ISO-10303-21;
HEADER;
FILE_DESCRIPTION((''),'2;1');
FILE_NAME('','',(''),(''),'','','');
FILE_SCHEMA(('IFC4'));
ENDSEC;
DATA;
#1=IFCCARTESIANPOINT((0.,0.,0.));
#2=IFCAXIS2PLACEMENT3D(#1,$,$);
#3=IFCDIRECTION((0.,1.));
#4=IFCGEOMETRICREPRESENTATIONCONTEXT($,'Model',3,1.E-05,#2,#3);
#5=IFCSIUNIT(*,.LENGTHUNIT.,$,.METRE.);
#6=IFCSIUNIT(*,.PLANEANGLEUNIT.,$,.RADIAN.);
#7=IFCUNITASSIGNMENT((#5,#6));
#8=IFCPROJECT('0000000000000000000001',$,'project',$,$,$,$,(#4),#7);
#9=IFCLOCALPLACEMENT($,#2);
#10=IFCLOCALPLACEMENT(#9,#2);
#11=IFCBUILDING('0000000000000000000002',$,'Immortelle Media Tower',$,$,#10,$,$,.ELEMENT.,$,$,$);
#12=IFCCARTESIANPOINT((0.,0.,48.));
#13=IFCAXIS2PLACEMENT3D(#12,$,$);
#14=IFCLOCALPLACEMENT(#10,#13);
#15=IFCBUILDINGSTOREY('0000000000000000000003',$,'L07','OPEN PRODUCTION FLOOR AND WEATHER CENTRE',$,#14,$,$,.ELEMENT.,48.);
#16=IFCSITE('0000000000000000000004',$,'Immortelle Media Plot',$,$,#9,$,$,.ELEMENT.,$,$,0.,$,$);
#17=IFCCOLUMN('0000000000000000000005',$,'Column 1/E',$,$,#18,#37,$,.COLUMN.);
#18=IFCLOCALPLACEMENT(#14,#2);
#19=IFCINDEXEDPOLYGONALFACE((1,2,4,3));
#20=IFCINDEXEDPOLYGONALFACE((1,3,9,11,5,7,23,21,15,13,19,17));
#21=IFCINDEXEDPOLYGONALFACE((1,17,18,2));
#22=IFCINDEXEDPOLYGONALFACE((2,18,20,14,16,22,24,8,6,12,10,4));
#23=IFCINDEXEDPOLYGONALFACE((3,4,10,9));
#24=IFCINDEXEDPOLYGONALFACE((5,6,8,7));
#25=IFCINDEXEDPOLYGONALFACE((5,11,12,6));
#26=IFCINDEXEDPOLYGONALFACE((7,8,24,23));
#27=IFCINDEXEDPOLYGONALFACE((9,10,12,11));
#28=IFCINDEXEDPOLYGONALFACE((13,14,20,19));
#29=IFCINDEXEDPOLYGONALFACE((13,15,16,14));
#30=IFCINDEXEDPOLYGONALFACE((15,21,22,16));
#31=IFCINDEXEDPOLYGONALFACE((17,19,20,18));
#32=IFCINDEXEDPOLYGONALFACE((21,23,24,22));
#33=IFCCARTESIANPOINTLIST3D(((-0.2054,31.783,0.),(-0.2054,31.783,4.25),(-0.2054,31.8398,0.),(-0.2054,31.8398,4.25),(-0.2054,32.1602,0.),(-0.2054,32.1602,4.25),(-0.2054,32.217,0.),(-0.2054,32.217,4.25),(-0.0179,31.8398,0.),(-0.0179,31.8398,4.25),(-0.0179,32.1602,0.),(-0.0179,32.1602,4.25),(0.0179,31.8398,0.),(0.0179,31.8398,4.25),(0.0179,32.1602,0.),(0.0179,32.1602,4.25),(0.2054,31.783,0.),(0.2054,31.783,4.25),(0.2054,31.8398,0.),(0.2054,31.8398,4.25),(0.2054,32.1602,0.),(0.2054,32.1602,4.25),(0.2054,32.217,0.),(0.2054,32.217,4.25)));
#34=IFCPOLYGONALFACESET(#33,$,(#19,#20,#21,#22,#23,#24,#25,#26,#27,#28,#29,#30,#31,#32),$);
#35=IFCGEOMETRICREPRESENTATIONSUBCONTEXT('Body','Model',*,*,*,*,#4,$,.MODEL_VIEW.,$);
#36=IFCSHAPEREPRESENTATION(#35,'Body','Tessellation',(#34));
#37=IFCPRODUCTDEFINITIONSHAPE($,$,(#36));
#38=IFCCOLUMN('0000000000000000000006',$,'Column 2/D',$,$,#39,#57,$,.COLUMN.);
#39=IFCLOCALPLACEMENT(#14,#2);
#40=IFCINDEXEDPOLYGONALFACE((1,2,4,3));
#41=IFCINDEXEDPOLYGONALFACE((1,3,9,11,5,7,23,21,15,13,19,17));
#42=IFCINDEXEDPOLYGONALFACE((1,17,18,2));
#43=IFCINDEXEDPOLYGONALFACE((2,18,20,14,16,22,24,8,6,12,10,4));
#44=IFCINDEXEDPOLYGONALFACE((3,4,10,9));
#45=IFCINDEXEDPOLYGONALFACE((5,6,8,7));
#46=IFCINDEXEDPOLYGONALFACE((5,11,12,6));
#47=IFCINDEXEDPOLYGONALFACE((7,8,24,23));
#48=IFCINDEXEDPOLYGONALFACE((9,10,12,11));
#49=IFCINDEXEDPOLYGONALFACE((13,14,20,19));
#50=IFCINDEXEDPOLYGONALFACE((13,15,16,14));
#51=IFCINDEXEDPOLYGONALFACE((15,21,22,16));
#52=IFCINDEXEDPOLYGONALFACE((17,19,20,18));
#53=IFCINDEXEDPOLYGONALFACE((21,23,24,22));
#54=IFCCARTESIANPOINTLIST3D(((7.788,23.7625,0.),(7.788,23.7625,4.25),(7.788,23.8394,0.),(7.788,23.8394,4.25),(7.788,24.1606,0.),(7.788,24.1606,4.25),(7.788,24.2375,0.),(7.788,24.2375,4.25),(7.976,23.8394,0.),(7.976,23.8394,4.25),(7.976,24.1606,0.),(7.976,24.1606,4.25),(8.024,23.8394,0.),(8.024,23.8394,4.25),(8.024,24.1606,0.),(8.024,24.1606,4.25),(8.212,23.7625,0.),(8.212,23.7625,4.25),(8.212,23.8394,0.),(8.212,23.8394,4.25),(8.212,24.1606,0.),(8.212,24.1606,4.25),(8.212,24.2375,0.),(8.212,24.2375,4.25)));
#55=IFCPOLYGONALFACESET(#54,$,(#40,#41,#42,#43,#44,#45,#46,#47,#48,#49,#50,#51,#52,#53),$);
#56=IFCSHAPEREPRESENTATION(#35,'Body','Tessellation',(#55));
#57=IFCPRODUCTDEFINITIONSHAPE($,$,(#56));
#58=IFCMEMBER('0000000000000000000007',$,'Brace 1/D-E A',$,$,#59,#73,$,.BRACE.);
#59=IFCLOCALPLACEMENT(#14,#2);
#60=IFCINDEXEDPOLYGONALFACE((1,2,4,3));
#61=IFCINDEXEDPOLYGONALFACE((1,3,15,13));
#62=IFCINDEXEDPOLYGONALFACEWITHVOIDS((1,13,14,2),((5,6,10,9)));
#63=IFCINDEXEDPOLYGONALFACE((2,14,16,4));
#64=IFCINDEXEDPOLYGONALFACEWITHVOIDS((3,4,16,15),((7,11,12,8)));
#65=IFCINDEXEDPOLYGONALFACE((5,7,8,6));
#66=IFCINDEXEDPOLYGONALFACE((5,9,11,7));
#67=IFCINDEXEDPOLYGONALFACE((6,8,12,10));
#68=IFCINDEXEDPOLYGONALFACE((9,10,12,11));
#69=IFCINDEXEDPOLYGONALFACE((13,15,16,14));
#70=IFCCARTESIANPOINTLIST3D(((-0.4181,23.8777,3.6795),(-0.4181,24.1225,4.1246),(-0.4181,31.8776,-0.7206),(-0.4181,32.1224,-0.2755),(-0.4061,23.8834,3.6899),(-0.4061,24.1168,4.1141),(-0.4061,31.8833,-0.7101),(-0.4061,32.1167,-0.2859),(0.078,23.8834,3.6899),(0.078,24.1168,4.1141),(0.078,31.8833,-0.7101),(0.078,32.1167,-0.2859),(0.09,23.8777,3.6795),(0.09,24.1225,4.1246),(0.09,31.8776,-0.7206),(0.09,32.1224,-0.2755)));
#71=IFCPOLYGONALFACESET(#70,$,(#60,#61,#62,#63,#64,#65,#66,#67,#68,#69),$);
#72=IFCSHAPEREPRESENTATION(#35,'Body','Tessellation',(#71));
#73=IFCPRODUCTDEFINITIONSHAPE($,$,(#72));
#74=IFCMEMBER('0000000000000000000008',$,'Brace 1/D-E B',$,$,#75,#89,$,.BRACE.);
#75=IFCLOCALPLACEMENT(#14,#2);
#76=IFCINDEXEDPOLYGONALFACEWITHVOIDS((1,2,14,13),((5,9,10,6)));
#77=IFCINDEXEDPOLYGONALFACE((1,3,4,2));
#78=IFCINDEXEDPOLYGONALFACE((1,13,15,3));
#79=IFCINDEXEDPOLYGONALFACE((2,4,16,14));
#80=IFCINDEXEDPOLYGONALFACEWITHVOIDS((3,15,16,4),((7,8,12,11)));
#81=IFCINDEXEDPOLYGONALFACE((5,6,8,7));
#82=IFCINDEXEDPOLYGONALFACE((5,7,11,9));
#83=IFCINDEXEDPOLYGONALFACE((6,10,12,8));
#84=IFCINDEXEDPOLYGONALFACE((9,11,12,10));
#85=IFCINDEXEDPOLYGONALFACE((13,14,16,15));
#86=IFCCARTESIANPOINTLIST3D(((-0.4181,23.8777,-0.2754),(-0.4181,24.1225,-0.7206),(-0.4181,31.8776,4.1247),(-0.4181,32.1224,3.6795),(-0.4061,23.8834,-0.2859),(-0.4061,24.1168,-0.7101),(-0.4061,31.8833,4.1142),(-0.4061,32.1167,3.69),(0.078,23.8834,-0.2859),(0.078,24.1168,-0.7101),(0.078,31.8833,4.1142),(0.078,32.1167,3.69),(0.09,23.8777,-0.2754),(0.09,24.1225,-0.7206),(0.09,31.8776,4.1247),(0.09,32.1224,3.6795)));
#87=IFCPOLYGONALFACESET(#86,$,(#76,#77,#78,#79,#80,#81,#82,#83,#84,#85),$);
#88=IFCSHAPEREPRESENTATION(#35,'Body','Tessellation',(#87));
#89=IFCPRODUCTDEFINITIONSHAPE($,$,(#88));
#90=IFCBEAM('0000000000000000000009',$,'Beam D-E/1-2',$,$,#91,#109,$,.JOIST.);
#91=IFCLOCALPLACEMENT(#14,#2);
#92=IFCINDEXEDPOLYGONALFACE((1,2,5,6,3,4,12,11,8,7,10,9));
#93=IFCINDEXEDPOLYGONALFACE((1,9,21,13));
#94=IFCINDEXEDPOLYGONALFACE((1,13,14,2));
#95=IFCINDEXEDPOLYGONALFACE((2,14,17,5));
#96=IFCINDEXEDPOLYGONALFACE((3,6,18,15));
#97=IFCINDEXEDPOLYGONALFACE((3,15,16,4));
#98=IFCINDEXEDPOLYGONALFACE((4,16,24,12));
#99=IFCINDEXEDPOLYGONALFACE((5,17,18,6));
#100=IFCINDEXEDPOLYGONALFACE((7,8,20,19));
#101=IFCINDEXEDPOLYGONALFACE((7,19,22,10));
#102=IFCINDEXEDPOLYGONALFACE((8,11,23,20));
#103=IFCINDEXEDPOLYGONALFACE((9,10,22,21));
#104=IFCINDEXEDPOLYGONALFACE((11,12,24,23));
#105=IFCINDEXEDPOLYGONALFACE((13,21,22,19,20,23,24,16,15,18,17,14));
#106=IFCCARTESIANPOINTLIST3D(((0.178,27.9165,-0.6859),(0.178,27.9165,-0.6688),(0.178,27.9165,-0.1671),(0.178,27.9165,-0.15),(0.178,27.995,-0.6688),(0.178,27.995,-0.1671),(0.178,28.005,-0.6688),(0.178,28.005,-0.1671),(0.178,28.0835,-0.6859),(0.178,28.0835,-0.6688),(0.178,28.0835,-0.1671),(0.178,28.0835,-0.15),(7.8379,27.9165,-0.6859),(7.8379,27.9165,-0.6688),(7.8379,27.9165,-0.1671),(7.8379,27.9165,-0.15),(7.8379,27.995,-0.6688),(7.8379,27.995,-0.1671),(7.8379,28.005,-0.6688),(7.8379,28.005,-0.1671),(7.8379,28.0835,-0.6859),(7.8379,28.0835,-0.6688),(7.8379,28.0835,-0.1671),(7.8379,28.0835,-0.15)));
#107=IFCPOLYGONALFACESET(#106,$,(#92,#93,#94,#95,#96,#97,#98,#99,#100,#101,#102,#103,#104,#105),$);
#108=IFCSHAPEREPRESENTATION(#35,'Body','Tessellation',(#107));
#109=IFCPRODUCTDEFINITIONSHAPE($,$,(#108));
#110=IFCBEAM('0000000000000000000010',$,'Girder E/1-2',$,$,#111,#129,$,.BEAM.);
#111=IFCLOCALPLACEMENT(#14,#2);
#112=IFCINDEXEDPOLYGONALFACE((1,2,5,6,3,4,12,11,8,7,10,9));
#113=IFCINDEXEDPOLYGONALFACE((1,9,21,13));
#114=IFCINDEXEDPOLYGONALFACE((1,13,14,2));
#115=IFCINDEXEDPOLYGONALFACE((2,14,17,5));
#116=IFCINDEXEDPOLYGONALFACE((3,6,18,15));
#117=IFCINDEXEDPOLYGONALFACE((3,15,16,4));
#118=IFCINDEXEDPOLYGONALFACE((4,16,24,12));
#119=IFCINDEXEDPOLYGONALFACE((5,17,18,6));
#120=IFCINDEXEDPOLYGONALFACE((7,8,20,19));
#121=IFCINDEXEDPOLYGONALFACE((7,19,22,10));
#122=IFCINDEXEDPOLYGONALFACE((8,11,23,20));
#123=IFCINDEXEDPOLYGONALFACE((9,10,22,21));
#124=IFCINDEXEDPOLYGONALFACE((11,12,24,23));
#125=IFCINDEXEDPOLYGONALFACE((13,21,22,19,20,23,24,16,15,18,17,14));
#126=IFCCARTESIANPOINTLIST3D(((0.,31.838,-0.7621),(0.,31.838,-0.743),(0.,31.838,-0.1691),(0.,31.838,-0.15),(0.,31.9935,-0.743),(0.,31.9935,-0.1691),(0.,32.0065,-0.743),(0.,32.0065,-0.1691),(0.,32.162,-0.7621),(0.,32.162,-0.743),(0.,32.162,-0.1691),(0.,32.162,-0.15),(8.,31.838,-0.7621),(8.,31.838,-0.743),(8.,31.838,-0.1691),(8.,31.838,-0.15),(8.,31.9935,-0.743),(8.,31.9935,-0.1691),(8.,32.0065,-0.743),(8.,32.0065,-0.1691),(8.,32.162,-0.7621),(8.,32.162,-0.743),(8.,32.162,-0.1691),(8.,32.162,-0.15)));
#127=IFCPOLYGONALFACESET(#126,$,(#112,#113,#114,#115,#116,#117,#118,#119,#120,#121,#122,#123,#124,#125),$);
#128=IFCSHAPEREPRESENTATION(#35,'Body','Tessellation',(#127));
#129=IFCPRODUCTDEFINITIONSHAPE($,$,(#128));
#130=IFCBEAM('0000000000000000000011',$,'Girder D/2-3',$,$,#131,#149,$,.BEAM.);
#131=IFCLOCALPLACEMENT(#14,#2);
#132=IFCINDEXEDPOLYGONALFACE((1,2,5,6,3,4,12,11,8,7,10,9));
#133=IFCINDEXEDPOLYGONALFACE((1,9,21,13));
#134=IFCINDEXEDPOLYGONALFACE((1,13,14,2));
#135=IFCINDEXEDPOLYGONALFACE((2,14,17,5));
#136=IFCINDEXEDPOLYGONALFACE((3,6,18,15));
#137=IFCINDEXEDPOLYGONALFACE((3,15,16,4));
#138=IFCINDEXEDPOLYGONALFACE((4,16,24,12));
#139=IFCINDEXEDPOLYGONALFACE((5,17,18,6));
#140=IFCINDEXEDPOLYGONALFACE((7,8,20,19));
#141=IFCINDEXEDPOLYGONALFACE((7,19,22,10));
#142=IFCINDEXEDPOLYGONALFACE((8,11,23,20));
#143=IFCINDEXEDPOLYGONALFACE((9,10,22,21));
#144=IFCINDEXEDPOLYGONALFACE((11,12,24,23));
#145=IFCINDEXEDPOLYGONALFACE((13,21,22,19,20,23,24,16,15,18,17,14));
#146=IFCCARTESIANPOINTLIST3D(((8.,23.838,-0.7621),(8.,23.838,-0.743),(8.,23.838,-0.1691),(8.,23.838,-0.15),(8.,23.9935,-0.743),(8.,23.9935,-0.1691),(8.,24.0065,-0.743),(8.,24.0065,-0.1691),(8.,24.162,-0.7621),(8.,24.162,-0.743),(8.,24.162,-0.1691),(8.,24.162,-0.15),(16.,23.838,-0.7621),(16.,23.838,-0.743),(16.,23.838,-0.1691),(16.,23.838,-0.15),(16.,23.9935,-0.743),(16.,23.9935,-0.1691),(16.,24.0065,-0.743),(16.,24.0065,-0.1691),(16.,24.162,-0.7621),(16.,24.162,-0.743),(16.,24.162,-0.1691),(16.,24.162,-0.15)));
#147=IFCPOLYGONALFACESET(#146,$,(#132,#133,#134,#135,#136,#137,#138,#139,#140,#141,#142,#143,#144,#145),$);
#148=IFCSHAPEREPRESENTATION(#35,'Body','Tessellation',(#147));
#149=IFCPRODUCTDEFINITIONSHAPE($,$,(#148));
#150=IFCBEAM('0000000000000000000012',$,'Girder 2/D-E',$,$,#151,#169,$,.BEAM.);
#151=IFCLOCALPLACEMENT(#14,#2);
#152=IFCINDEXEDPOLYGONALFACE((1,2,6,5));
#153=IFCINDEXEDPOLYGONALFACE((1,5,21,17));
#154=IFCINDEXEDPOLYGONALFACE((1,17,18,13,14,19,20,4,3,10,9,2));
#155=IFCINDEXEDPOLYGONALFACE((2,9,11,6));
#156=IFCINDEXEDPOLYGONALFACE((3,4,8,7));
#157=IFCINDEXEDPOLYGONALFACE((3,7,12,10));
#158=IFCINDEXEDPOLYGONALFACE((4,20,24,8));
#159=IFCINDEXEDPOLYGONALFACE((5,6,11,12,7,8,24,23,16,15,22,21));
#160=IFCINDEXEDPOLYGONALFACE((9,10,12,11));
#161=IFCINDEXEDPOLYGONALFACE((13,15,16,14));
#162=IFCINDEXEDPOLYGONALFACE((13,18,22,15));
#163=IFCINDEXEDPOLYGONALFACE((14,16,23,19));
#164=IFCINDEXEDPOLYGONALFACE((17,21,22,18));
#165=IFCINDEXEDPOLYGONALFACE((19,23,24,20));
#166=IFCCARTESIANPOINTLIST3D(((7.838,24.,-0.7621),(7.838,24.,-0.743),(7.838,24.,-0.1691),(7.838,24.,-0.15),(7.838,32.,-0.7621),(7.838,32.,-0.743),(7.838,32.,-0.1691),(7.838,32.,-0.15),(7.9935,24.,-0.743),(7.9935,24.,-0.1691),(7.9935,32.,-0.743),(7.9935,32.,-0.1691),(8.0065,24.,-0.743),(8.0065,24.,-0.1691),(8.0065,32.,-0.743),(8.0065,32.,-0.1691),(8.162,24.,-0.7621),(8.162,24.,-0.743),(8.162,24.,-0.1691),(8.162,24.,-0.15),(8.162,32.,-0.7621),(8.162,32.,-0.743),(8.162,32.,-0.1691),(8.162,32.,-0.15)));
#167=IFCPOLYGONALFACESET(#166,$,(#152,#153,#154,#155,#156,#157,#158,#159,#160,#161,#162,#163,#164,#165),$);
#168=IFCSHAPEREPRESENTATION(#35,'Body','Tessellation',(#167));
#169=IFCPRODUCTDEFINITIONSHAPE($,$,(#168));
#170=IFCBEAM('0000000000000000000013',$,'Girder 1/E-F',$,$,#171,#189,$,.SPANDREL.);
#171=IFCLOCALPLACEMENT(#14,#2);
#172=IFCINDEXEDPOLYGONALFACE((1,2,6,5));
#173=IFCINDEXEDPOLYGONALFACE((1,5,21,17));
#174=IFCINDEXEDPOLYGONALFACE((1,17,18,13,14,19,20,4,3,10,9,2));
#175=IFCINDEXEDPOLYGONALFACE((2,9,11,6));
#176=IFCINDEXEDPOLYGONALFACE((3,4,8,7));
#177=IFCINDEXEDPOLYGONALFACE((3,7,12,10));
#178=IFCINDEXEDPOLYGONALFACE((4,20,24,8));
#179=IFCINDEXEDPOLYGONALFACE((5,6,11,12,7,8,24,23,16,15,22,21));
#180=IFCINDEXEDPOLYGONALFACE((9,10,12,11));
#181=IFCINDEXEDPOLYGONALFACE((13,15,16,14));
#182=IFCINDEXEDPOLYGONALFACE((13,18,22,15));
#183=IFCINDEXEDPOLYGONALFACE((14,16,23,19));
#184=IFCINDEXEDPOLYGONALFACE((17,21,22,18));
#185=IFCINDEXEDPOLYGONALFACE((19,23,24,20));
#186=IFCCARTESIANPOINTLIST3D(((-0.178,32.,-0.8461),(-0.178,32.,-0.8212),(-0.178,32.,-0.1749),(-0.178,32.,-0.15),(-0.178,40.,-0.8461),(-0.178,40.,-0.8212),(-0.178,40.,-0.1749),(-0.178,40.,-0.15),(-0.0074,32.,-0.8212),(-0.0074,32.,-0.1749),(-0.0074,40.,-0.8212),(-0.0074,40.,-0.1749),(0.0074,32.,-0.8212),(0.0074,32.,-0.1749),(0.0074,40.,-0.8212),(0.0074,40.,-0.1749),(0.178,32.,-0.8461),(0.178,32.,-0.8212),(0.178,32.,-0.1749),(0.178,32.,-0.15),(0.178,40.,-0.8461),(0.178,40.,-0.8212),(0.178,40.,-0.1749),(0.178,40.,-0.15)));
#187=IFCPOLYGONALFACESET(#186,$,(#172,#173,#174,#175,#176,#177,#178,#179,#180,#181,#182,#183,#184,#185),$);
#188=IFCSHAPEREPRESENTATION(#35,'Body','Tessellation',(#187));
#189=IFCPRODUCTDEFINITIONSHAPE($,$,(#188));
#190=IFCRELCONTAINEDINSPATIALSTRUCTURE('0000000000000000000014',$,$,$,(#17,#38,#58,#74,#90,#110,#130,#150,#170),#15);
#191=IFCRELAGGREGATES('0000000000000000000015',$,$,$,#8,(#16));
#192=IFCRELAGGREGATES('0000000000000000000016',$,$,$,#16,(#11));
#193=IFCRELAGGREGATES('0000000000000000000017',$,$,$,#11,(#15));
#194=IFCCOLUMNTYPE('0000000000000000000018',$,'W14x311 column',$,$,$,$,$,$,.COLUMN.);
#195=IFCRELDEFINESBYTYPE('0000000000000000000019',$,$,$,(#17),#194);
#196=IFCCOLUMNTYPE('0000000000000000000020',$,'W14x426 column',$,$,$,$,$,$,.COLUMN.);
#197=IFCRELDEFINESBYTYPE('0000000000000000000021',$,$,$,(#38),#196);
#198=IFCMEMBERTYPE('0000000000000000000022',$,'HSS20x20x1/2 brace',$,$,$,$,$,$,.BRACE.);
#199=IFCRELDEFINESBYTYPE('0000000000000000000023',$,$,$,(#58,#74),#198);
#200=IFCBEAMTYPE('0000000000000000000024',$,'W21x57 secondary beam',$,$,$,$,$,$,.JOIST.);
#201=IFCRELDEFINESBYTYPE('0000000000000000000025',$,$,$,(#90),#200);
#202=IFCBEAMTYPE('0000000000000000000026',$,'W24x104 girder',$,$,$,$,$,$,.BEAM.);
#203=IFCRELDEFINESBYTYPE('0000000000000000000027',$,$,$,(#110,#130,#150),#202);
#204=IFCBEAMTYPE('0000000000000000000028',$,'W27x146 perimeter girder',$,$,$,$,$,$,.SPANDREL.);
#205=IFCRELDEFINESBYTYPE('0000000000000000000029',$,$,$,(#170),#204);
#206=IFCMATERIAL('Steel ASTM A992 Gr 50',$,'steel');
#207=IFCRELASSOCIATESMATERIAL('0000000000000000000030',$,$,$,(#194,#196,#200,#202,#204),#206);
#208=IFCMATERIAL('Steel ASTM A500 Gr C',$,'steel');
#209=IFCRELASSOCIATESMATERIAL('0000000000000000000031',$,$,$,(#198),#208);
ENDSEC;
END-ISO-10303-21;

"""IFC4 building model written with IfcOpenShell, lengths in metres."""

from ifc_helpers import new_model, si_unit, direction, frame, origin, origin_2d, place, context, subcontext, project, spatial, hollow_rectangle, i_section, extrude, material, material_profile, profile_set, type_object, element, save


model = new_model("IFC4")

# Units and contexts
model_context = context("Model", 3, precision=1e-05, world=origin(), true_north=direction((0.0, 1.0)))
body_context = subcontext(model_context, "Body", "Model", "MODEL_VIEW")
ifc_project = project(units=[si_unit("LENGTHUNIT", "METRE"), si_unit("PLANEANGLEUNIT", "RADIAN")], contexts=[model_context])

# Site, building, storey
site_placement = place(None, origin())
site = spatial("IfcSite", under=ifc_project, at=site_placement, Name="Immortelle Media Plot", CompositionType="ELEMENT", RefElevation=0.0)
building_placement = place(site_placement, origin())
building = spatial("IfcBuilding", under=site, at=building_placement, Name="Immortelle Media Tower", CompositionType="ELEMENT")
storey_placement = place(building_placement, frame((0.0, 0.0, 48.0)))
storey = spatial("IfcBuildingStorey", under=building, at=storey_placement, Name="L07", Description="OPEN PRODUCTION FLOOR AND WEATHER CENTRE", CompositionType="ELEMENT", Elevation=48.0)

# Columns
ifc_material_1 = material(Name="Steel ASTM A992 Gr 50", Category="steel")
ifc_material_profile_1 = material_profile(ifc_material_1, i_section(OverallWidth=0.4109, OverallDepth=0.4341, WebThickness=0.0359, FlangeThickness=0.0569, at=origin_2d()), Name="W14x311")
ifc_profile_set_1 = profile_set([ifc_material_profile_1], Name="Steel ASTM A992 Gr 50")
column_type_1 = type_object("IfcColumnType", Name="W14x311 column", PredefinedType="COLUMN", material=ifc_profile_set_1)
column_1_placement = place(storey_placement, frame((0.0, 32.0, 0.0), z_axis=(0.0, 0.0, 1.0), x_axis=(1.0, 0.0, 0.0)))
element("IfcColumn", 1, at=column_1_placement, inside=storey, type_object=column_type_1, Name="Column 1/E", PredefinedType="COLUMN", context=body_context, shape_type="SweptSolid", body=[
    extrude(i_section(OverallWidth=0.4109, OverallDepth=0.4341, WebThickness=0.0359, FlangeThickness=0.0569, at=origin_2d()), origin(), (0.0, 0.0, 1.0), 4.25),
])
ifc_material_profile_2 = material_profile(ifc_material_1, i_section(OverallWidth=0.4241, OverallDepth=0.4751, WebThickness=0.0481, FlangeThickness=0.0769, at=origin_2d()), Name="W14x426")
ifc_profile_set_2 = profile_set([ifc_material_profile_2], Name="Steel ASTM A992 Gr 50")
column_type_2 = type_object("IfcColumnType", Name="W14x426 column", PredefinedType="COLUMN", material=ifc_profile_set_2)
column_2_placement = place(storey_placement, frame((8.0, 24.0, 0.0), z_axis=(0.0, 0.0, 1.0), x_axis=(1.0, 0.0, 0.0)))
element("IfcColumn", 2, at=column_2_placement, inside=storey, type_object=column_type_2, Name="Column 2/D", PredefinedType="COLUMN", context=body_context, shape_type="SweptSolid", body=[
    extrude(i_section(OverallWidth=0.4241, OverallDepth=0.4751, WebThickness=0.0481, FlangeThickness=0.0769, at=origin_2d()), origin(), (0.0, 0.0, 1.0), 4.25),
])

# Members
ifc_material_2 = material(Name="Steel ASTM A500 Gr C", Category="steel")
ifc_material_profile_3 = material_profile(ifc_material_2, hollow_rectangle(XDim=0.5081, YDim=0.5081, WallThickness=0.012, at=origin_2d()), Name="HSS20x20x1/2 brace")
ifc_profile_set_3 = profile_set([ifc_material_profile_3], Name="Steel ASTM A500 Gr C")
member_type = type_object("IfcMemberType", Name="HSS20x20x1/2 brace", PredefinedType="BRACE", material=ifc_profile_set_3)
for number, where, z_axis, x_axis, name in (
    (3, (-0.1641, 32.0, -0.498), (0.0, -0.876209, 0.481931), (1.0, 0.0, 0.0), "Brace 1/D-E A"),
    (4, (-0.1641, 32.0, 3.9021), (0.0, -0.876209, -0.481931), (1.0, 0.0, 0.0), "Brace 1/D-E B"),
):
    element("IfcMember", number, at=place(storey_placement, frame(where, z_axis=z_axis, x_axis=x_axis)), inside=storey, type_object=member_type, Name=name, PredefinedType="BRACE", context=body_context, shape_type="SweptSolid", body=[
        extrude(hollow_rectangle(XDim=0.5081, YDim=0.5081, WallThickness=0.012, at=origin_2d()), origin(), (0.0, 0.0, 1.0), 9.1301),
    ])

# Beams
ifc_material_profile_4 = material_profile(ifc_material_1, i_section(OverallWidth=0.167, OverallDepth=0.5359, WebThickness=0.01, FlangeThickness=0.0171, at=origin_2d()), Name="W21x57")
ifc_profile_set_4 = profile_set([ifc_material_profile_4], Name="Steel ASTM A992 Gr 50")
beam_type_1 = type_object("IfcBeamType", Name="W21x57 secondary beam", PredefinedType="JOIST", material=ifc_profile_set_4)
beam_1_placement = place(storey_placement, frame((0.178, 28.0, -0.418), z_axis=(1.0, 0.0, 0.0), x_axis=(0.0, 1.0, 0.0)))
element("IfcBeam", 5, at=beam_1_placement, inside=storey, type_object=beam_type_1, Name="Beam D-E/1-2", PredefinedType="JOIST", context=body_context, shape_type="SweptSolid", body=[
    extrude(i_section(OverallWidth=0.167, OverallDepth=0.5359, WebThickness=0.01, FlangeThickness=0.0171, at=origin_2d()), origin(), (0.0, 0.0, 1.0), 7.6599),
])
ifc_material_profile_5 = material_profile(ifc_material_1, i_section(OverallWidth=0.324, OverallDepth=0.6121, WebThickness=0.0129, FlangeThickness=0.019, at=origin_2d()), Name="W24x104")
ifc_profile_set_5 = profile_set([ifc_material_profile_5], Name="Steel ASTM A992 Gr 50")
beam_type_2 = type_object("IfcBeamType", Name="W24x104 girder", PredefinedType="BEAM", material=ifc_profile_set_5)
for number, where, z_axis, x_axis, name in (
    (6, (0.0, 32.0, -0.4561), (1.0, 0.0, 0.0), (0.0, 1.0, 0.0), "Girder E/1-2"),
    (7, (8.0, 24.0, -0.4561), (1.0, 0.0, 0.0), (0.0, 1.0, 0.0), "Girder D/2-3"),
    (8, (8.0, 24.0, -0.4561), (0.0, 1.0, 0.0), (-1.0, 0.0, 0.0), "Girder 2/D-E"),
):
    element("IfcBeam", number, at=place(storey_placement, frame(where, z_axis=z_axis, x_axis=x_axis)), inside=storey, type_object=beam_type_2, Name=name, PredefinedType="BEAM", context=body_context, shape_type="SweptSolid", body=[
        extrude(i_section(OverallWidth=0.324, OverallDepth=0.6121, WebThickness=0.0129, FlangeThickness=0.019, at=origin_2d()), origin(), (0.0, 0.0, 1.0), 8.0),
    ])
ifc_material_profile_6 = material_profile(ifc_material_1, i_section(OverallWidth=0.356, OverallDepth=0.696, WebThickness=0.0149, FlangeThickness=0.0249, at=origin_2d()), Name="W27x146")
ifc_profile_set_6 = profile_set([ifc_material_profile_6], Name="Steel ASTM A992 Gr 50")
beam_type_3 = type_object("IfcBeamType", Name="W27x146 perimeter girder", PredefinedType="SPANDREL", material=ifc_profile_set_6)
beam_2_placement = place(storey_placement, frame((0.0, 32.0, -0.498), z_axis=(0.0, 1.0, 0.0), x_axis=(-1.0, 0.0, 0.0)))
element("IfcBeam", 9, at=beam_2_placement, inside=storey, type_object=beam_type_3, Name="Girder 1/E-F", PredefinedType="SPANDREL", context=body_context, shape_type="SweptSolid", body=[
    extrude(i_section(OverallWidth=0.356, OverallDepth=0.696, WebThickness=0.0149, FlangeThickness=0.0249, at=origin_2d()), origin(), (0.0, 0.0, 1.0), 8.0),
])

save(model, "model.ifc")
